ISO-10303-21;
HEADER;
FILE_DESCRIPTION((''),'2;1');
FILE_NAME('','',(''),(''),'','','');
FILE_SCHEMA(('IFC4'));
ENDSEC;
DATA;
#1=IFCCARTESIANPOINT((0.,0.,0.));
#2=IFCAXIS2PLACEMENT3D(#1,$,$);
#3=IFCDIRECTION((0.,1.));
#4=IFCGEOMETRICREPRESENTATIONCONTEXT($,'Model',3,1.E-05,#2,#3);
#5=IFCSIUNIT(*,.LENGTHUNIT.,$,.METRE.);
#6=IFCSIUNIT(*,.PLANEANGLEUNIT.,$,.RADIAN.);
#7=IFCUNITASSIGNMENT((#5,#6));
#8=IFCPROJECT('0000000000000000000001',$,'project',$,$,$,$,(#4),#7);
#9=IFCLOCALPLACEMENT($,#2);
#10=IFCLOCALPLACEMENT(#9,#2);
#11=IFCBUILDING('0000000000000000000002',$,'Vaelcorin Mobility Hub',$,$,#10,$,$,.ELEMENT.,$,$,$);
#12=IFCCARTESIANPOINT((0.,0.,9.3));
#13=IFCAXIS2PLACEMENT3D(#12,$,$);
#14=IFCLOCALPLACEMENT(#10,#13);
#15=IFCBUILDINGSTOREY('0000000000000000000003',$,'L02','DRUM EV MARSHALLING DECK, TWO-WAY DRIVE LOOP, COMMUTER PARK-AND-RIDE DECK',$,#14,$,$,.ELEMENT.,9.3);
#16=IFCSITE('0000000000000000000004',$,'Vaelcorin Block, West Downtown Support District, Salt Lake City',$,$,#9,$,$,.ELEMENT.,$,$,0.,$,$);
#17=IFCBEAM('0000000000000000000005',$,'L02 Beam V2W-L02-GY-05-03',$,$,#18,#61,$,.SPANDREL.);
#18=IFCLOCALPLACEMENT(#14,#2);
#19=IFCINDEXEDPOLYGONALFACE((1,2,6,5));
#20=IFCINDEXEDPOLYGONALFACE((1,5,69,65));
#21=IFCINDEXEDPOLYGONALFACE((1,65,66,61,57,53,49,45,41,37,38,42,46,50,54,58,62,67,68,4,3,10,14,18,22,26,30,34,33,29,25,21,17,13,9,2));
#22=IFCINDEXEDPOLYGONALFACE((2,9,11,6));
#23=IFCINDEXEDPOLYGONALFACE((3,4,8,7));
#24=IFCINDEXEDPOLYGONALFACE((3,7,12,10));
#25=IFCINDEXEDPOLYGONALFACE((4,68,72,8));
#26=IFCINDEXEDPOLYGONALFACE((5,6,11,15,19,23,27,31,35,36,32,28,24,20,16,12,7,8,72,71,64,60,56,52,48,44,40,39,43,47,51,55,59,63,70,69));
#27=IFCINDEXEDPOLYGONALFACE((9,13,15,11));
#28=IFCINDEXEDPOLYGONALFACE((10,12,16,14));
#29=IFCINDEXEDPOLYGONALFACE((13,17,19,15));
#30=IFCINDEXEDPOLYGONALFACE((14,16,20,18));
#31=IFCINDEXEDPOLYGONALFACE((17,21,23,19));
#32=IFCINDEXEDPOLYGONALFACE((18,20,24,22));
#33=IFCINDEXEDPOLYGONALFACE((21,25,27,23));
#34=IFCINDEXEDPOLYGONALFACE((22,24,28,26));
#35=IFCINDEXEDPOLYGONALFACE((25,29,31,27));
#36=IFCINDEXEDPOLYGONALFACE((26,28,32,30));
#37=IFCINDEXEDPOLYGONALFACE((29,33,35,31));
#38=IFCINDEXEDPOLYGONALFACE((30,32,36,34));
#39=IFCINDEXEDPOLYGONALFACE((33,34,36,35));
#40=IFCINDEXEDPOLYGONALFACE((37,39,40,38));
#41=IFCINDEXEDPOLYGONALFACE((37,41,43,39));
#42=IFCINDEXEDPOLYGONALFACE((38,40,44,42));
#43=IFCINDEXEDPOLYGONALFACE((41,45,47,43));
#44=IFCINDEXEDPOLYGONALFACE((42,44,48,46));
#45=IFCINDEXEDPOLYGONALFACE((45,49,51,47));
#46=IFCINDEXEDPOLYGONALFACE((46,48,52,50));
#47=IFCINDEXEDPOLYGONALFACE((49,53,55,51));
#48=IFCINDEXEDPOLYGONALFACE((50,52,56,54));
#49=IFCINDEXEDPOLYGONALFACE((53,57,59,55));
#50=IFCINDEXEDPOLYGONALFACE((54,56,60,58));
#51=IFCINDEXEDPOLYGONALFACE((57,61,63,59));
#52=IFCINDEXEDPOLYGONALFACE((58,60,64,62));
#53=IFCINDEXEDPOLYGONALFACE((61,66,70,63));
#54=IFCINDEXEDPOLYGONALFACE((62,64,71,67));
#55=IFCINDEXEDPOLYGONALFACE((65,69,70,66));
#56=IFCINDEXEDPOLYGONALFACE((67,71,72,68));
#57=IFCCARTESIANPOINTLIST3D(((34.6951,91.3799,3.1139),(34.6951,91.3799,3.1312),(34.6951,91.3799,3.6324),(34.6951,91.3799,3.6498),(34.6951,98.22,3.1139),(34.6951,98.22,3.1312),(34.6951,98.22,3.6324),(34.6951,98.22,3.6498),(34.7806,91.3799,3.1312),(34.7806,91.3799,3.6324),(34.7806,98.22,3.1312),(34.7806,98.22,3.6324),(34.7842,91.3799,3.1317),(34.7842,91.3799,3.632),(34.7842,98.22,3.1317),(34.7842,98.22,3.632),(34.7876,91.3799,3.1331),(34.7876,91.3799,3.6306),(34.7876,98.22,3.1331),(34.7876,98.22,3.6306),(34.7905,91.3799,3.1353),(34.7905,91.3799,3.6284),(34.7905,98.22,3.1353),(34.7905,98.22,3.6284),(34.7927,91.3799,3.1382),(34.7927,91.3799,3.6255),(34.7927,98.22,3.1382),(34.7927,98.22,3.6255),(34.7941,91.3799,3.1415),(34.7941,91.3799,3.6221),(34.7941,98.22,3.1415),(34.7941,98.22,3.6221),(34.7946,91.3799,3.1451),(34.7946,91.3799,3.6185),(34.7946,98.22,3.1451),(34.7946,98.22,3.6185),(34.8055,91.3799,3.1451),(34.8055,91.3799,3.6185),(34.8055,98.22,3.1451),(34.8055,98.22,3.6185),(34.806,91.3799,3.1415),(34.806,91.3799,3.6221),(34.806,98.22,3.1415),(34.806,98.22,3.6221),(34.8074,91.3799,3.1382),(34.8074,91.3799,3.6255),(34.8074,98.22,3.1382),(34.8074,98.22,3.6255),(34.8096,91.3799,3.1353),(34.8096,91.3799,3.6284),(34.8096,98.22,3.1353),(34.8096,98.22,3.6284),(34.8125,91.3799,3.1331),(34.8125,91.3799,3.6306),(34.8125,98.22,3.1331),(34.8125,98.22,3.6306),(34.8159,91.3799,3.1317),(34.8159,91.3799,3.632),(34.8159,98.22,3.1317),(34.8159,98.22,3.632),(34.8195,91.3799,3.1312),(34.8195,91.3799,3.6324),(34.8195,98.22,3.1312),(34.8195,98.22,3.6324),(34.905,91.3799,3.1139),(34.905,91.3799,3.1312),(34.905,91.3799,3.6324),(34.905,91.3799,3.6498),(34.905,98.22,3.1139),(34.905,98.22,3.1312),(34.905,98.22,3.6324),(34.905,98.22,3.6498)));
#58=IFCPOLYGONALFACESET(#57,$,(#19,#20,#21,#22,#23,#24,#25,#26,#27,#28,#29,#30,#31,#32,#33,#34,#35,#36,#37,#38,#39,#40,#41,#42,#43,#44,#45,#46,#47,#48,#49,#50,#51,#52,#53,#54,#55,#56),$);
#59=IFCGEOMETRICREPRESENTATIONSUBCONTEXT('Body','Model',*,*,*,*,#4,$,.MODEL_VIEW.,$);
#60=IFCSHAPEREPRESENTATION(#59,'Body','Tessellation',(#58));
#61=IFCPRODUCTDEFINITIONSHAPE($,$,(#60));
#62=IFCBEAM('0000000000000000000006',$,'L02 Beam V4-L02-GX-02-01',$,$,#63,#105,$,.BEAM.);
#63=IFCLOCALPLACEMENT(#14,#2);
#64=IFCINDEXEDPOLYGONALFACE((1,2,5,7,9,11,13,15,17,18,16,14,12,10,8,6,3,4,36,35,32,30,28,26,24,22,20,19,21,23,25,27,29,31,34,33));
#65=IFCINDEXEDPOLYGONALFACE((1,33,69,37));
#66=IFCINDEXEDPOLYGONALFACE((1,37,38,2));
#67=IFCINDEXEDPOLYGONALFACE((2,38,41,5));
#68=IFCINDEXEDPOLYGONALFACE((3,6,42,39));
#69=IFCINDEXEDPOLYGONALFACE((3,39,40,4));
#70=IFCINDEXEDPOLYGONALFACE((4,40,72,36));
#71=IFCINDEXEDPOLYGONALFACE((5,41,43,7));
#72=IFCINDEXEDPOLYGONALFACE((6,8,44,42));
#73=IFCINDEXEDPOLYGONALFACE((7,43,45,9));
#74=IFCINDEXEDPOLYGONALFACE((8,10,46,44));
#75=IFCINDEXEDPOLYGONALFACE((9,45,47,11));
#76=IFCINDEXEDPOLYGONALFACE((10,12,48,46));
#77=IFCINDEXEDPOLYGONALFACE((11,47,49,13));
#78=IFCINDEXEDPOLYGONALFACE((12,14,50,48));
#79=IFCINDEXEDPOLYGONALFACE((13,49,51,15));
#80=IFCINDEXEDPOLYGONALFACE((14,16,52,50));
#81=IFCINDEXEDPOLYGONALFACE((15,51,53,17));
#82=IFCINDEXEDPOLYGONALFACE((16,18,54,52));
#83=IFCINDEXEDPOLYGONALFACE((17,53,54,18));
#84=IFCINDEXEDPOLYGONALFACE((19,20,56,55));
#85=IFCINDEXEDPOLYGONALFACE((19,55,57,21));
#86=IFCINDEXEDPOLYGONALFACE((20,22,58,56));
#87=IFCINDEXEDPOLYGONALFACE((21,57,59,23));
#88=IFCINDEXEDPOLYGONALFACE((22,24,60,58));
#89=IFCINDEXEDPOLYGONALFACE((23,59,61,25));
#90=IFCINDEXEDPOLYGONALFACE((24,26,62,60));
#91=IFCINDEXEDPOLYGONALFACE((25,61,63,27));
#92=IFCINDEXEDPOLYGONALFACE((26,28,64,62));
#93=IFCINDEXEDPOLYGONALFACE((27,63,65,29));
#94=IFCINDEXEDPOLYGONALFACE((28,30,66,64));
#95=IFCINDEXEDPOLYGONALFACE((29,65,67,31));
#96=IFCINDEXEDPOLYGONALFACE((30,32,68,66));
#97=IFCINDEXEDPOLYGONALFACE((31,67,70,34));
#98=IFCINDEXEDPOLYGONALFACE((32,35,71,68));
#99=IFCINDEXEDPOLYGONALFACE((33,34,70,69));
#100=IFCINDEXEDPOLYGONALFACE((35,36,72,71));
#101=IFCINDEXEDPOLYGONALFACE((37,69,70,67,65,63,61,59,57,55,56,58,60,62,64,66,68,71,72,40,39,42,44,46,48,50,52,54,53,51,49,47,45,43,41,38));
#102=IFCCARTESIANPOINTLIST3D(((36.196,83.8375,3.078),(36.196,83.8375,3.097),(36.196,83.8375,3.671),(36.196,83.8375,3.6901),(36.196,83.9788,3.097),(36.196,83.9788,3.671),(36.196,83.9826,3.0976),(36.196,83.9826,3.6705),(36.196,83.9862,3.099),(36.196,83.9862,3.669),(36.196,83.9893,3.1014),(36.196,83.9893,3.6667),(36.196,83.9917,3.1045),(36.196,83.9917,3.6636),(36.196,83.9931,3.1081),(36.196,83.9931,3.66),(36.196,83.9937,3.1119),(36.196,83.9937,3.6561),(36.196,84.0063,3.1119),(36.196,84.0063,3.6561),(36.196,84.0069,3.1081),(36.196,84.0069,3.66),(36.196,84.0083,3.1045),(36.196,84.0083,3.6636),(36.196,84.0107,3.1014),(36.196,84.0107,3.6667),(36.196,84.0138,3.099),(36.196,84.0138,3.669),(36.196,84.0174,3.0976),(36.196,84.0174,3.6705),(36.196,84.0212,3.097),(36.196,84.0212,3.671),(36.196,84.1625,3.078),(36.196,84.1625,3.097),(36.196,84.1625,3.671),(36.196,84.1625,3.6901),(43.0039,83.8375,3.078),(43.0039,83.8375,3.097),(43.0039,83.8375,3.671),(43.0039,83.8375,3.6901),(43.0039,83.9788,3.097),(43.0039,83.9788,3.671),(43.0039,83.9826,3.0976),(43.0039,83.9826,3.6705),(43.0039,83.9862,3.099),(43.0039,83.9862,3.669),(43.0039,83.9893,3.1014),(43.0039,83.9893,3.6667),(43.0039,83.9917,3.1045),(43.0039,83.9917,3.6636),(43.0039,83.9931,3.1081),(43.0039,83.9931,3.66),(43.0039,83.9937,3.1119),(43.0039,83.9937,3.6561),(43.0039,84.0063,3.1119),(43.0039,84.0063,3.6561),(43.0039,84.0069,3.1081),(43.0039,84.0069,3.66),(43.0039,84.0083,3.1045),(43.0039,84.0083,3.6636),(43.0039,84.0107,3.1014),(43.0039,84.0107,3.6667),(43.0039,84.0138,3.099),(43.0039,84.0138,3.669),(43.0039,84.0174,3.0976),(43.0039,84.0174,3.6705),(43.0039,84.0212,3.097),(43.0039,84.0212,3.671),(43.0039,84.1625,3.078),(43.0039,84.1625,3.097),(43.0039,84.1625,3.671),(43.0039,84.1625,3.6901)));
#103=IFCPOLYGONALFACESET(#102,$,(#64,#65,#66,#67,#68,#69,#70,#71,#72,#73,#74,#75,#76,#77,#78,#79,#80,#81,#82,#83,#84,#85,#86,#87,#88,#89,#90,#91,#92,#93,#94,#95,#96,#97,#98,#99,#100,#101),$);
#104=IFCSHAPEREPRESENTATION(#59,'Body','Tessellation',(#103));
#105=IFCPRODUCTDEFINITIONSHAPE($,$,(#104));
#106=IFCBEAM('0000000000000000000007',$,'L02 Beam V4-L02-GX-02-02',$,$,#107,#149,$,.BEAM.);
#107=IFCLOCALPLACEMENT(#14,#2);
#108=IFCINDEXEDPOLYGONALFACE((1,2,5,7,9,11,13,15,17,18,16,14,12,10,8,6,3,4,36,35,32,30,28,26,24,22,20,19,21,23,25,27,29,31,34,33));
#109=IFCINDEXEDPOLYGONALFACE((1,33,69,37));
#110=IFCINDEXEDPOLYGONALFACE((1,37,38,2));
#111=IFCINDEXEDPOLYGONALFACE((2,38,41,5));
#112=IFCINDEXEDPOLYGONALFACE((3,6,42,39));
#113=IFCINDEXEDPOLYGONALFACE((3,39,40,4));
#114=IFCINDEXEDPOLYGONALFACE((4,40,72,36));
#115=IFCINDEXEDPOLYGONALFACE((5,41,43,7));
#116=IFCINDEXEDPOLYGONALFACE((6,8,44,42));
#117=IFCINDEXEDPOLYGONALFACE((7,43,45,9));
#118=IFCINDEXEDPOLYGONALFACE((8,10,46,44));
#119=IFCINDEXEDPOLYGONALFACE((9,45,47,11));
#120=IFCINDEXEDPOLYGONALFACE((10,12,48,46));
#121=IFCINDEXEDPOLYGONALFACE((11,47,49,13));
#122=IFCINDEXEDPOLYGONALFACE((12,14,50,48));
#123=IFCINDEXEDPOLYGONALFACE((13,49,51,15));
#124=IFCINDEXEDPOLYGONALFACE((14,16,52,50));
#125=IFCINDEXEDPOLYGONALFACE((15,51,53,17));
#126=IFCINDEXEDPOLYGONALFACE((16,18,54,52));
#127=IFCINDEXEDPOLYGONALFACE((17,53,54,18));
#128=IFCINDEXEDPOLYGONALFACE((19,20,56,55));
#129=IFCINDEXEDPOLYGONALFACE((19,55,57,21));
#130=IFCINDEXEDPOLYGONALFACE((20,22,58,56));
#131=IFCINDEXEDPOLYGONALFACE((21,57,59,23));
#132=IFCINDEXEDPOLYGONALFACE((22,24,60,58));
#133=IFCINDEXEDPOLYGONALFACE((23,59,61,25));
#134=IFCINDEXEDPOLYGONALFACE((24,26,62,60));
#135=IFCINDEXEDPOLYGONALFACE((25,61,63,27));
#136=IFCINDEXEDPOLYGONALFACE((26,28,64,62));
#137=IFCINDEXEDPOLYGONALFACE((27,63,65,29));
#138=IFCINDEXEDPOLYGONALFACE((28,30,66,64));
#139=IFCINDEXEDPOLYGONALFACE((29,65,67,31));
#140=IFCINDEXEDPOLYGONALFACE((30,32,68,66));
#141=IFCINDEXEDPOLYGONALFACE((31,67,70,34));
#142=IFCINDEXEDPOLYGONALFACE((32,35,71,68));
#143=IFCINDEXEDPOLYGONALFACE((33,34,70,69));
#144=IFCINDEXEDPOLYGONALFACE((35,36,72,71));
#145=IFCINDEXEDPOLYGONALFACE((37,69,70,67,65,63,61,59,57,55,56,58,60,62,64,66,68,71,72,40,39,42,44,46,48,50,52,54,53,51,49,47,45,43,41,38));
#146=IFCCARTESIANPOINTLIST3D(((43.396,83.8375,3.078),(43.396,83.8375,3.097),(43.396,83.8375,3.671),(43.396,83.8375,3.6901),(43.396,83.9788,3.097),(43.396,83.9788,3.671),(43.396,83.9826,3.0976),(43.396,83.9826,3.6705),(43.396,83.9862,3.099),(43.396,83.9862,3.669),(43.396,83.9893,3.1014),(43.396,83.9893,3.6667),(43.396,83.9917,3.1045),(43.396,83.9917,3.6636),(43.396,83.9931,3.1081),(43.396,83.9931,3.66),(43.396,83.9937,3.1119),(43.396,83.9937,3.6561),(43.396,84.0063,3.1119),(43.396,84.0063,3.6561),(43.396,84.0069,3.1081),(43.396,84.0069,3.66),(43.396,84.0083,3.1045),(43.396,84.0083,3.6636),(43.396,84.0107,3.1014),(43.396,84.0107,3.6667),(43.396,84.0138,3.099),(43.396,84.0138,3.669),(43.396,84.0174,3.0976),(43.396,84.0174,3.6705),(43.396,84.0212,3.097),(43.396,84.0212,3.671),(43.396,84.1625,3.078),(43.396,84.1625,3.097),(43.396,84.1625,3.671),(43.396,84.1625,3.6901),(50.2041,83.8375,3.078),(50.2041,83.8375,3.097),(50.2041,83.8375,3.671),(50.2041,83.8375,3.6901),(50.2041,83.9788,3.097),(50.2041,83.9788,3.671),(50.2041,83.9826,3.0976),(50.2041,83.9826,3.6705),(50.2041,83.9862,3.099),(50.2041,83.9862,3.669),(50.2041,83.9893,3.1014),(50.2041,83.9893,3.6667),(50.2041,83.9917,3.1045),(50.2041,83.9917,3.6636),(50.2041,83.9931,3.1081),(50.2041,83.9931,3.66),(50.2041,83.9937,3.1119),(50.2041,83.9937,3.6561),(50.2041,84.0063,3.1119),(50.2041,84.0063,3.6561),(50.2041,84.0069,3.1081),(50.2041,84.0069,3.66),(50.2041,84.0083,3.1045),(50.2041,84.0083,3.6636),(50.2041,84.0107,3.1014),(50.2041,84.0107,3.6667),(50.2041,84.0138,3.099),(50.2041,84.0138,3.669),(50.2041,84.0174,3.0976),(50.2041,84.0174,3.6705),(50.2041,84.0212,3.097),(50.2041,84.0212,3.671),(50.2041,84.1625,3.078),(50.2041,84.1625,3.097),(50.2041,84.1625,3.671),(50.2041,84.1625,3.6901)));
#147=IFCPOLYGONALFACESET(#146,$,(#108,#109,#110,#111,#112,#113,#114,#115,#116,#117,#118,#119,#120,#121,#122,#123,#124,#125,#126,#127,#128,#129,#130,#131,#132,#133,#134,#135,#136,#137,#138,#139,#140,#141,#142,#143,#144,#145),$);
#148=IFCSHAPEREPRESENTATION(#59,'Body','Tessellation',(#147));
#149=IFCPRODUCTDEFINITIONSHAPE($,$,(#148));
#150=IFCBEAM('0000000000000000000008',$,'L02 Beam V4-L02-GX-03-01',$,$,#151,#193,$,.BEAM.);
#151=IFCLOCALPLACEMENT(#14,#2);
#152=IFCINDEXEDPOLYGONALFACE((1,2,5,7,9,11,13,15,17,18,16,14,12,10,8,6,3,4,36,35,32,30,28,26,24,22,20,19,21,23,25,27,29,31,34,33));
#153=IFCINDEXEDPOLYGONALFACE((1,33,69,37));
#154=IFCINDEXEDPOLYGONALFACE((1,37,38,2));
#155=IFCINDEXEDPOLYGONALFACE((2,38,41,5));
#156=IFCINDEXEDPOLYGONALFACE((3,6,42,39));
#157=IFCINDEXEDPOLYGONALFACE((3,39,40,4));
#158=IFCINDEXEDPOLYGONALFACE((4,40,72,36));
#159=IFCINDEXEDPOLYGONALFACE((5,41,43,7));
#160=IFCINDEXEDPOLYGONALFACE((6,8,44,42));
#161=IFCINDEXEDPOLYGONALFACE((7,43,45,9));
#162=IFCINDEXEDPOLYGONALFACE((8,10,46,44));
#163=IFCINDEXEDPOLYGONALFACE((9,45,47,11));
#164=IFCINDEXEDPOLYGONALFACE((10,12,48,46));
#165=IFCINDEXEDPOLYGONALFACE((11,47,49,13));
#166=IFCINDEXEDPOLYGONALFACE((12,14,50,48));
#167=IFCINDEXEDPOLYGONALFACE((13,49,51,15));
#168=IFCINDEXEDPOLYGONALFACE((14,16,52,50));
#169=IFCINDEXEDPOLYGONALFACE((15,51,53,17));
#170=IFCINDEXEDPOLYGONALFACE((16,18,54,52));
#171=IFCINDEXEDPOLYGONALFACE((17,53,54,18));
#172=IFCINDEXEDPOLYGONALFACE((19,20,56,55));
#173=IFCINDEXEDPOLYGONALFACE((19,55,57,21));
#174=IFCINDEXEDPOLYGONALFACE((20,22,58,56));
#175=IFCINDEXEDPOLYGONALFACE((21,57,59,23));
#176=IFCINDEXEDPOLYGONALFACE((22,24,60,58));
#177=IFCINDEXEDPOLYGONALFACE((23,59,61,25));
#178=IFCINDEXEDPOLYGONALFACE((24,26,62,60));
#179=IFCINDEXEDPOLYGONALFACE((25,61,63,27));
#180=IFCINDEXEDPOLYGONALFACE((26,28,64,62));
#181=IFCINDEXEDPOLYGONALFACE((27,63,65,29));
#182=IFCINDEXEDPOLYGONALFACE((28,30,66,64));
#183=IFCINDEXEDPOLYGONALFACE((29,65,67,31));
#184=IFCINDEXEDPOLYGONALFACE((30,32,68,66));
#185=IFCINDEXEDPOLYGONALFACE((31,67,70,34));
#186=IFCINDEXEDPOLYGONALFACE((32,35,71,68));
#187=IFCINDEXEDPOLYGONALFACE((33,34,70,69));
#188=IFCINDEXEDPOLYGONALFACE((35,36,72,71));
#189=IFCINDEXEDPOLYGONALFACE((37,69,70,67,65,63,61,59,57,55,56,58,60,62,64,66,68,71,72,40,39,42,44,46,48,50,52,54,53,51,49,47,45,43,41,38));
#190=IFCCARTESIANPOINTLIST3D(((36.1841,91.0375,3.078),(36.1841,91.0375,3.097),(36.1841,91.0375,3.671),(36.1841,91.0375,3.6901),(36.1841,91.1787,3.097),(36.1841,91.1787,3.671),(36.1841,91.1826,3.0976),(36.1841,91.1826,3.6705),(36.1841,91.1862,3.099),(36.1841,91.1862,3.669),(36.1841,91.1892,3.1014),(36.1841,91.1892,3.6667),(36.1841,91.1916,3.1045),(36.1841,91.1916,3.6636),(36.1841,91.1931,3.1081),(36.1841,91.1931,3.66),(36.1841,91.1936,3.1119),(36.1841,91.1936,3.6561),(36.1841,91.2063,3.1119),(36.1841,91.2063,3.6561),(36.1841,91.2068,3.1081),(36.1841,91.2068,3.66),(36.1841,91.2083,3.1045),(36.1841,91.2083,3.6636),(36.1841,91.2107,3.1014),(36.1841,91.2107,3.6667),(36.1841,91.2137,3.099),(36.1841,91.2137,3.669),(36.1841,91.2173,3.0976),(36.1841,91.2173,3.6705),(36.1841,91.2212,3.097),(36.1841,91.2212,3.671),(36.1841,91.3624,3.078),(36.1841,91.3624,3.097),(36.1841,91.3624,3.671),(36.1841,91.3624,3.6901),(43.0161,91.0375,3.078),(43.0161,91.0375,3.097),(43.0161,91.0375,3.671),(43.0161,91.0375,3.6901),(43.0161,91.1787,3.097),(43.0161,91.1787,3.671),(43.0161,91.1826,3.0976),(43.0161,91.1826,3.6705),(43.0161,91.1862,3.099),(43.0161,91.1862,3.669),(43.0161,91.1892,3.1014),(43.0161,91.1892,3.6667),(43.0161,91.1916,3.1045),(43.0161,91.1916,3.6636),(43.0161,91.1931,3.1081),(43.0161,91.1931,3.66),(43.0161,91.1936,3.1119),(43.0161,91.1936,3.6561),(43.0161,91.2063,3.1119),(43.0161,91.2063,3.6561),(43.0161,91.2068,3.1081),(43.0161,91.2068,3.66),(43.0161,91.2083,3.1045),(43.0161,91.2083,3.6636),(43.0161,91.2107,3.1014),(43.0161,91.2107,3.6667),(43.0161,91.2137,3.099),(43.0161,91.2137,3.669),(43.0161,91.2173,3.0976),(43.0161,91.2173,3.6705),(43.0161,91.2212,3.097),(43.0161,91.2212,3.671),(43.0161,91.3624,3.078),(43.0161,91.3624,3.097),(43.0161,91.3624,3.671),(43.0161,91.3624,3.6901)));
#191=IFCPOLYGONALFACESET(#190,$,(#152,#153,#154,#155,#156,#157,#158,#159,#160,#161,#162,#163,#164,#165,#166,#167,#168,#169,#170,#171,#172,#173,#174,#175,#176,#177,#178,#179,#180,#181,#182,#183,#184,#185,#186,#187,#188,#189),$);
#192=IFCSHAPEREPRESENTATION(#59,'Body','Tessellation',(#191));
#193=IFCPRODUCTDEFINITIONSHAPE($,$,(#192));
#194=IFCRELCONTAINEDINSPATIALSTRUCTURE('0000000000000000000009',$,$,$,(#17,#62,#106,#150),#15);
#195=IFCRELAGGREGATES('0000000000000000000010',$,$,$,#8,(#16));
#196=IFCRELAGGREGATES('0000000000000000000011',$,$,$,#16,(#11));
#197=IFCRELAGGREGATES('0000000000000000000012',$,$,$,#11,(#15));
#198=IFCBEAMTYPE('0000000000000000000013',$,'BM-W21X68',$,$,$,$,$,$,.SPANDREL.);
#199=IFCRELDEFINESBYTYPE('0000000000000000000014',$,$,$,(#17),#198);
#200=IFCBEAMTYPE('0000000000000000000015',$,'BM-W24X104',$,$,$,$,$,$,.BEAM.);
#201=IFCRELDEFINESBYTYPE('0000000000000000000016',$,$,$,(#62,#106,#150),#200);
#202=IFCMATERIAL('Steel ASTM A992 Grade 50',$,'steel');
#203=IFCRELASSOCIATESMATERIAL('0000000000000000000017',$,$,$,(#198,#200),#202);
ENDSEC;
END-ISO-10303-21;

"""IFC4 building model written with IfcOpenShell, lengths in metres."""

from ifc_helpers import new_model, si_unit, direction, frame, origin, origin_2d, place, context, subcontext, project, spatial, i_section, extrude, material, material_profile, profile_set, type_object, element, save


model = new_model("IFC4")

# Units and contexts
model_context = context("Model", 3, precision=1e-05, world=origin(), true_north=direction((0.0, 1.0)))
body_context = subcontext(model_context, "Body", "Model", "MODEL_VIEW")
ifc_project = project(units=[si_unit("LENGTHUNIT", "METRE"), si_unit("PLANEANGLEUNIT", "RADIAN")], contexts=[model_context])

# Site, building, storey
site_placement = place(None, origin())
site = spatial("IfcSite", under=ifc_project, at=site_placement, Name="Vaelcorin Block, West Downtown Support District, Salt Lake City", CompositionType="ELEMENT", RefElevation=0.0)
building_placement = place(site_placement, origin())
building = spatial("IfcBuilding", under=site, at=building_placement, Name="Vaelcorin Mobility Hub", CompositionType="ELEMENT")
storey_placement = place(building_placement, frame((0.0, 0.0, 9.3)))
storey = spatial("IfcBuildingStorey", under=building, at=storey_placement, Name="L02", Description="DRUM EV MARSHALLING DECK, TWO-WAY DRIVE LOOP, COMMUTER PARK-AND-RIDE DECK", CompositionType="ELEMENT", Elevation=9.3)

# Shared definitions
ifc_material_1 = material(Name="Steel ASTM A992 Grade 50", Category="steel")

# Beams
ifc_material_profile_1 = material_profile(ifc_material_1, i_section(OverallWidth=0.21, OverallDepth=0.5359, WebThickness=0.011, FlangeThickness=0.0173, FilletRadius=0.0139, at=origin_2d()), Name="W21X68")
ifc_profile_set_1 = profile_set([ifc_material_profile_1], Name="Steel ASTM A992 Grade 50")
beam_type_1 = type_object("IfcBeamType", Name="BM-W21X68", PredefinedType="SPANDREL", material=ifc_profile_set_1)
for number, where, z_axis, x_axis, name in (
    (1, (34.8, 91.3799, 3.3818), (0.0, 1.0, 0.0), (-1.0, 0.0, 0.0), "L02 Beam V2W-L02-GY-05-03"),
):
    element("IfcBeam", number, at=place(storey_placement, frame(where, z_axis=z_axis, x_axis=x_axis)), inside=storey, type_object=beam_type_1, Name=name, PredefinedType="SPANDREL", context=body_context, shape_type="SweptSolid", body=[
        extrude(i_section(OverallWidth=0.21, OverallDepth=0.5359, WebThickness=0.011, FlangeThickness=0.0173, FilletRadius=0.0139, at=origin_2d()), origin(), (0.0, 0.0, 1.0), 6.8401),
    ])
ifc_material_profile_2 = material_profile(ifc_material_1, i_section(OverallWidth=0.325, OverallDepth=0.6121, WebThickness=0.0127, FlangeThickness=0.019, FilletRadius=0.0149, at=origin_2d()), Name="W24X104")
ifc_profile_set_2 = profile_set([ifc_material_profile_2], Name="Steel ASTM A992 Grade 50")
beam_type_2 = type_object("IfcBeamType", Name="BM-W24X104", PredefinedType="BEAM", material=ifc_profile_set_2)
beam_1_placement = place(storey_placement, frame((36.196, 84.0, 3.384), z_axis=(1.0, 0.0, 0.0), x_axis=(0.0, 1.0, 0.0)))
element("IfcBeam", 2, at=beam_1_placement, inside=storey, type_object=beam_type_2, Name="L02 Beam V4-L02-GX-02-01", PredefinedType="BEAM", context=body_context, shape_type="SweptSolid", body=[
    extrude(i_section(OverallWidth=0.325, OverallDepth=0.6121, WebThickness=0.0127, FlangeThickness=0.019, FilletRadius=0.0149, at=origin_2d()), origin(), (0.0, 0.0, 1.0), 6.8079),
])
beam_2_placement = place(storey_placement, frame((43.396, 84.0, 3.384), z_axis=(1.0, 0.0, 0.0), x_axis=(0.0, 1.0, 0.0)))
element("IfcBeam", 3, at=beam_2_placement, inside=storey, type_object=beam_type_2, Name="L02 Beam V4-L02-GX-02-02", PredefinedType="BEAM", context=body_context, shape_type="SweptSolid", body=[
    extrude(i_section(OverallWidth=0.325, OverallDepth=0.6121, WebThickness=0.0127, FlangeThickness=0.019, FilletRadius=0.0149, at=origin_2d()), origin(), (0.0, 0.0, 1.0), 6.8081),
])
for number, where, z_axis, x_axis, name in (
    (4, (36.1841, 91.2, 3.384), (1.0, 0.0, 0.0), (0.0, 1.0, 0.0), "L02 Beam V4-L02-GX-03-01"),
):
    element("IfcBeam", number, at=place(storey_placement, frame(where, z_axis=z_axis, x_axis=x_axis)), inside=storey, type_object=beam_type_2, Name=name, PredefinedType="BEAM", context=body_context, shape_type="SweptSolid", body=[
        extrude(i_section(OverallWidth=0.325, OverallDepth=0.6121, WebThickness=0.0127, FlangeThickness=0.019, FilletRadius=0.0149, at=origin_2d()), origin(), (0.0, 0.0, 1.0), 6.832),
    ])

save(model, "model.ifc")
